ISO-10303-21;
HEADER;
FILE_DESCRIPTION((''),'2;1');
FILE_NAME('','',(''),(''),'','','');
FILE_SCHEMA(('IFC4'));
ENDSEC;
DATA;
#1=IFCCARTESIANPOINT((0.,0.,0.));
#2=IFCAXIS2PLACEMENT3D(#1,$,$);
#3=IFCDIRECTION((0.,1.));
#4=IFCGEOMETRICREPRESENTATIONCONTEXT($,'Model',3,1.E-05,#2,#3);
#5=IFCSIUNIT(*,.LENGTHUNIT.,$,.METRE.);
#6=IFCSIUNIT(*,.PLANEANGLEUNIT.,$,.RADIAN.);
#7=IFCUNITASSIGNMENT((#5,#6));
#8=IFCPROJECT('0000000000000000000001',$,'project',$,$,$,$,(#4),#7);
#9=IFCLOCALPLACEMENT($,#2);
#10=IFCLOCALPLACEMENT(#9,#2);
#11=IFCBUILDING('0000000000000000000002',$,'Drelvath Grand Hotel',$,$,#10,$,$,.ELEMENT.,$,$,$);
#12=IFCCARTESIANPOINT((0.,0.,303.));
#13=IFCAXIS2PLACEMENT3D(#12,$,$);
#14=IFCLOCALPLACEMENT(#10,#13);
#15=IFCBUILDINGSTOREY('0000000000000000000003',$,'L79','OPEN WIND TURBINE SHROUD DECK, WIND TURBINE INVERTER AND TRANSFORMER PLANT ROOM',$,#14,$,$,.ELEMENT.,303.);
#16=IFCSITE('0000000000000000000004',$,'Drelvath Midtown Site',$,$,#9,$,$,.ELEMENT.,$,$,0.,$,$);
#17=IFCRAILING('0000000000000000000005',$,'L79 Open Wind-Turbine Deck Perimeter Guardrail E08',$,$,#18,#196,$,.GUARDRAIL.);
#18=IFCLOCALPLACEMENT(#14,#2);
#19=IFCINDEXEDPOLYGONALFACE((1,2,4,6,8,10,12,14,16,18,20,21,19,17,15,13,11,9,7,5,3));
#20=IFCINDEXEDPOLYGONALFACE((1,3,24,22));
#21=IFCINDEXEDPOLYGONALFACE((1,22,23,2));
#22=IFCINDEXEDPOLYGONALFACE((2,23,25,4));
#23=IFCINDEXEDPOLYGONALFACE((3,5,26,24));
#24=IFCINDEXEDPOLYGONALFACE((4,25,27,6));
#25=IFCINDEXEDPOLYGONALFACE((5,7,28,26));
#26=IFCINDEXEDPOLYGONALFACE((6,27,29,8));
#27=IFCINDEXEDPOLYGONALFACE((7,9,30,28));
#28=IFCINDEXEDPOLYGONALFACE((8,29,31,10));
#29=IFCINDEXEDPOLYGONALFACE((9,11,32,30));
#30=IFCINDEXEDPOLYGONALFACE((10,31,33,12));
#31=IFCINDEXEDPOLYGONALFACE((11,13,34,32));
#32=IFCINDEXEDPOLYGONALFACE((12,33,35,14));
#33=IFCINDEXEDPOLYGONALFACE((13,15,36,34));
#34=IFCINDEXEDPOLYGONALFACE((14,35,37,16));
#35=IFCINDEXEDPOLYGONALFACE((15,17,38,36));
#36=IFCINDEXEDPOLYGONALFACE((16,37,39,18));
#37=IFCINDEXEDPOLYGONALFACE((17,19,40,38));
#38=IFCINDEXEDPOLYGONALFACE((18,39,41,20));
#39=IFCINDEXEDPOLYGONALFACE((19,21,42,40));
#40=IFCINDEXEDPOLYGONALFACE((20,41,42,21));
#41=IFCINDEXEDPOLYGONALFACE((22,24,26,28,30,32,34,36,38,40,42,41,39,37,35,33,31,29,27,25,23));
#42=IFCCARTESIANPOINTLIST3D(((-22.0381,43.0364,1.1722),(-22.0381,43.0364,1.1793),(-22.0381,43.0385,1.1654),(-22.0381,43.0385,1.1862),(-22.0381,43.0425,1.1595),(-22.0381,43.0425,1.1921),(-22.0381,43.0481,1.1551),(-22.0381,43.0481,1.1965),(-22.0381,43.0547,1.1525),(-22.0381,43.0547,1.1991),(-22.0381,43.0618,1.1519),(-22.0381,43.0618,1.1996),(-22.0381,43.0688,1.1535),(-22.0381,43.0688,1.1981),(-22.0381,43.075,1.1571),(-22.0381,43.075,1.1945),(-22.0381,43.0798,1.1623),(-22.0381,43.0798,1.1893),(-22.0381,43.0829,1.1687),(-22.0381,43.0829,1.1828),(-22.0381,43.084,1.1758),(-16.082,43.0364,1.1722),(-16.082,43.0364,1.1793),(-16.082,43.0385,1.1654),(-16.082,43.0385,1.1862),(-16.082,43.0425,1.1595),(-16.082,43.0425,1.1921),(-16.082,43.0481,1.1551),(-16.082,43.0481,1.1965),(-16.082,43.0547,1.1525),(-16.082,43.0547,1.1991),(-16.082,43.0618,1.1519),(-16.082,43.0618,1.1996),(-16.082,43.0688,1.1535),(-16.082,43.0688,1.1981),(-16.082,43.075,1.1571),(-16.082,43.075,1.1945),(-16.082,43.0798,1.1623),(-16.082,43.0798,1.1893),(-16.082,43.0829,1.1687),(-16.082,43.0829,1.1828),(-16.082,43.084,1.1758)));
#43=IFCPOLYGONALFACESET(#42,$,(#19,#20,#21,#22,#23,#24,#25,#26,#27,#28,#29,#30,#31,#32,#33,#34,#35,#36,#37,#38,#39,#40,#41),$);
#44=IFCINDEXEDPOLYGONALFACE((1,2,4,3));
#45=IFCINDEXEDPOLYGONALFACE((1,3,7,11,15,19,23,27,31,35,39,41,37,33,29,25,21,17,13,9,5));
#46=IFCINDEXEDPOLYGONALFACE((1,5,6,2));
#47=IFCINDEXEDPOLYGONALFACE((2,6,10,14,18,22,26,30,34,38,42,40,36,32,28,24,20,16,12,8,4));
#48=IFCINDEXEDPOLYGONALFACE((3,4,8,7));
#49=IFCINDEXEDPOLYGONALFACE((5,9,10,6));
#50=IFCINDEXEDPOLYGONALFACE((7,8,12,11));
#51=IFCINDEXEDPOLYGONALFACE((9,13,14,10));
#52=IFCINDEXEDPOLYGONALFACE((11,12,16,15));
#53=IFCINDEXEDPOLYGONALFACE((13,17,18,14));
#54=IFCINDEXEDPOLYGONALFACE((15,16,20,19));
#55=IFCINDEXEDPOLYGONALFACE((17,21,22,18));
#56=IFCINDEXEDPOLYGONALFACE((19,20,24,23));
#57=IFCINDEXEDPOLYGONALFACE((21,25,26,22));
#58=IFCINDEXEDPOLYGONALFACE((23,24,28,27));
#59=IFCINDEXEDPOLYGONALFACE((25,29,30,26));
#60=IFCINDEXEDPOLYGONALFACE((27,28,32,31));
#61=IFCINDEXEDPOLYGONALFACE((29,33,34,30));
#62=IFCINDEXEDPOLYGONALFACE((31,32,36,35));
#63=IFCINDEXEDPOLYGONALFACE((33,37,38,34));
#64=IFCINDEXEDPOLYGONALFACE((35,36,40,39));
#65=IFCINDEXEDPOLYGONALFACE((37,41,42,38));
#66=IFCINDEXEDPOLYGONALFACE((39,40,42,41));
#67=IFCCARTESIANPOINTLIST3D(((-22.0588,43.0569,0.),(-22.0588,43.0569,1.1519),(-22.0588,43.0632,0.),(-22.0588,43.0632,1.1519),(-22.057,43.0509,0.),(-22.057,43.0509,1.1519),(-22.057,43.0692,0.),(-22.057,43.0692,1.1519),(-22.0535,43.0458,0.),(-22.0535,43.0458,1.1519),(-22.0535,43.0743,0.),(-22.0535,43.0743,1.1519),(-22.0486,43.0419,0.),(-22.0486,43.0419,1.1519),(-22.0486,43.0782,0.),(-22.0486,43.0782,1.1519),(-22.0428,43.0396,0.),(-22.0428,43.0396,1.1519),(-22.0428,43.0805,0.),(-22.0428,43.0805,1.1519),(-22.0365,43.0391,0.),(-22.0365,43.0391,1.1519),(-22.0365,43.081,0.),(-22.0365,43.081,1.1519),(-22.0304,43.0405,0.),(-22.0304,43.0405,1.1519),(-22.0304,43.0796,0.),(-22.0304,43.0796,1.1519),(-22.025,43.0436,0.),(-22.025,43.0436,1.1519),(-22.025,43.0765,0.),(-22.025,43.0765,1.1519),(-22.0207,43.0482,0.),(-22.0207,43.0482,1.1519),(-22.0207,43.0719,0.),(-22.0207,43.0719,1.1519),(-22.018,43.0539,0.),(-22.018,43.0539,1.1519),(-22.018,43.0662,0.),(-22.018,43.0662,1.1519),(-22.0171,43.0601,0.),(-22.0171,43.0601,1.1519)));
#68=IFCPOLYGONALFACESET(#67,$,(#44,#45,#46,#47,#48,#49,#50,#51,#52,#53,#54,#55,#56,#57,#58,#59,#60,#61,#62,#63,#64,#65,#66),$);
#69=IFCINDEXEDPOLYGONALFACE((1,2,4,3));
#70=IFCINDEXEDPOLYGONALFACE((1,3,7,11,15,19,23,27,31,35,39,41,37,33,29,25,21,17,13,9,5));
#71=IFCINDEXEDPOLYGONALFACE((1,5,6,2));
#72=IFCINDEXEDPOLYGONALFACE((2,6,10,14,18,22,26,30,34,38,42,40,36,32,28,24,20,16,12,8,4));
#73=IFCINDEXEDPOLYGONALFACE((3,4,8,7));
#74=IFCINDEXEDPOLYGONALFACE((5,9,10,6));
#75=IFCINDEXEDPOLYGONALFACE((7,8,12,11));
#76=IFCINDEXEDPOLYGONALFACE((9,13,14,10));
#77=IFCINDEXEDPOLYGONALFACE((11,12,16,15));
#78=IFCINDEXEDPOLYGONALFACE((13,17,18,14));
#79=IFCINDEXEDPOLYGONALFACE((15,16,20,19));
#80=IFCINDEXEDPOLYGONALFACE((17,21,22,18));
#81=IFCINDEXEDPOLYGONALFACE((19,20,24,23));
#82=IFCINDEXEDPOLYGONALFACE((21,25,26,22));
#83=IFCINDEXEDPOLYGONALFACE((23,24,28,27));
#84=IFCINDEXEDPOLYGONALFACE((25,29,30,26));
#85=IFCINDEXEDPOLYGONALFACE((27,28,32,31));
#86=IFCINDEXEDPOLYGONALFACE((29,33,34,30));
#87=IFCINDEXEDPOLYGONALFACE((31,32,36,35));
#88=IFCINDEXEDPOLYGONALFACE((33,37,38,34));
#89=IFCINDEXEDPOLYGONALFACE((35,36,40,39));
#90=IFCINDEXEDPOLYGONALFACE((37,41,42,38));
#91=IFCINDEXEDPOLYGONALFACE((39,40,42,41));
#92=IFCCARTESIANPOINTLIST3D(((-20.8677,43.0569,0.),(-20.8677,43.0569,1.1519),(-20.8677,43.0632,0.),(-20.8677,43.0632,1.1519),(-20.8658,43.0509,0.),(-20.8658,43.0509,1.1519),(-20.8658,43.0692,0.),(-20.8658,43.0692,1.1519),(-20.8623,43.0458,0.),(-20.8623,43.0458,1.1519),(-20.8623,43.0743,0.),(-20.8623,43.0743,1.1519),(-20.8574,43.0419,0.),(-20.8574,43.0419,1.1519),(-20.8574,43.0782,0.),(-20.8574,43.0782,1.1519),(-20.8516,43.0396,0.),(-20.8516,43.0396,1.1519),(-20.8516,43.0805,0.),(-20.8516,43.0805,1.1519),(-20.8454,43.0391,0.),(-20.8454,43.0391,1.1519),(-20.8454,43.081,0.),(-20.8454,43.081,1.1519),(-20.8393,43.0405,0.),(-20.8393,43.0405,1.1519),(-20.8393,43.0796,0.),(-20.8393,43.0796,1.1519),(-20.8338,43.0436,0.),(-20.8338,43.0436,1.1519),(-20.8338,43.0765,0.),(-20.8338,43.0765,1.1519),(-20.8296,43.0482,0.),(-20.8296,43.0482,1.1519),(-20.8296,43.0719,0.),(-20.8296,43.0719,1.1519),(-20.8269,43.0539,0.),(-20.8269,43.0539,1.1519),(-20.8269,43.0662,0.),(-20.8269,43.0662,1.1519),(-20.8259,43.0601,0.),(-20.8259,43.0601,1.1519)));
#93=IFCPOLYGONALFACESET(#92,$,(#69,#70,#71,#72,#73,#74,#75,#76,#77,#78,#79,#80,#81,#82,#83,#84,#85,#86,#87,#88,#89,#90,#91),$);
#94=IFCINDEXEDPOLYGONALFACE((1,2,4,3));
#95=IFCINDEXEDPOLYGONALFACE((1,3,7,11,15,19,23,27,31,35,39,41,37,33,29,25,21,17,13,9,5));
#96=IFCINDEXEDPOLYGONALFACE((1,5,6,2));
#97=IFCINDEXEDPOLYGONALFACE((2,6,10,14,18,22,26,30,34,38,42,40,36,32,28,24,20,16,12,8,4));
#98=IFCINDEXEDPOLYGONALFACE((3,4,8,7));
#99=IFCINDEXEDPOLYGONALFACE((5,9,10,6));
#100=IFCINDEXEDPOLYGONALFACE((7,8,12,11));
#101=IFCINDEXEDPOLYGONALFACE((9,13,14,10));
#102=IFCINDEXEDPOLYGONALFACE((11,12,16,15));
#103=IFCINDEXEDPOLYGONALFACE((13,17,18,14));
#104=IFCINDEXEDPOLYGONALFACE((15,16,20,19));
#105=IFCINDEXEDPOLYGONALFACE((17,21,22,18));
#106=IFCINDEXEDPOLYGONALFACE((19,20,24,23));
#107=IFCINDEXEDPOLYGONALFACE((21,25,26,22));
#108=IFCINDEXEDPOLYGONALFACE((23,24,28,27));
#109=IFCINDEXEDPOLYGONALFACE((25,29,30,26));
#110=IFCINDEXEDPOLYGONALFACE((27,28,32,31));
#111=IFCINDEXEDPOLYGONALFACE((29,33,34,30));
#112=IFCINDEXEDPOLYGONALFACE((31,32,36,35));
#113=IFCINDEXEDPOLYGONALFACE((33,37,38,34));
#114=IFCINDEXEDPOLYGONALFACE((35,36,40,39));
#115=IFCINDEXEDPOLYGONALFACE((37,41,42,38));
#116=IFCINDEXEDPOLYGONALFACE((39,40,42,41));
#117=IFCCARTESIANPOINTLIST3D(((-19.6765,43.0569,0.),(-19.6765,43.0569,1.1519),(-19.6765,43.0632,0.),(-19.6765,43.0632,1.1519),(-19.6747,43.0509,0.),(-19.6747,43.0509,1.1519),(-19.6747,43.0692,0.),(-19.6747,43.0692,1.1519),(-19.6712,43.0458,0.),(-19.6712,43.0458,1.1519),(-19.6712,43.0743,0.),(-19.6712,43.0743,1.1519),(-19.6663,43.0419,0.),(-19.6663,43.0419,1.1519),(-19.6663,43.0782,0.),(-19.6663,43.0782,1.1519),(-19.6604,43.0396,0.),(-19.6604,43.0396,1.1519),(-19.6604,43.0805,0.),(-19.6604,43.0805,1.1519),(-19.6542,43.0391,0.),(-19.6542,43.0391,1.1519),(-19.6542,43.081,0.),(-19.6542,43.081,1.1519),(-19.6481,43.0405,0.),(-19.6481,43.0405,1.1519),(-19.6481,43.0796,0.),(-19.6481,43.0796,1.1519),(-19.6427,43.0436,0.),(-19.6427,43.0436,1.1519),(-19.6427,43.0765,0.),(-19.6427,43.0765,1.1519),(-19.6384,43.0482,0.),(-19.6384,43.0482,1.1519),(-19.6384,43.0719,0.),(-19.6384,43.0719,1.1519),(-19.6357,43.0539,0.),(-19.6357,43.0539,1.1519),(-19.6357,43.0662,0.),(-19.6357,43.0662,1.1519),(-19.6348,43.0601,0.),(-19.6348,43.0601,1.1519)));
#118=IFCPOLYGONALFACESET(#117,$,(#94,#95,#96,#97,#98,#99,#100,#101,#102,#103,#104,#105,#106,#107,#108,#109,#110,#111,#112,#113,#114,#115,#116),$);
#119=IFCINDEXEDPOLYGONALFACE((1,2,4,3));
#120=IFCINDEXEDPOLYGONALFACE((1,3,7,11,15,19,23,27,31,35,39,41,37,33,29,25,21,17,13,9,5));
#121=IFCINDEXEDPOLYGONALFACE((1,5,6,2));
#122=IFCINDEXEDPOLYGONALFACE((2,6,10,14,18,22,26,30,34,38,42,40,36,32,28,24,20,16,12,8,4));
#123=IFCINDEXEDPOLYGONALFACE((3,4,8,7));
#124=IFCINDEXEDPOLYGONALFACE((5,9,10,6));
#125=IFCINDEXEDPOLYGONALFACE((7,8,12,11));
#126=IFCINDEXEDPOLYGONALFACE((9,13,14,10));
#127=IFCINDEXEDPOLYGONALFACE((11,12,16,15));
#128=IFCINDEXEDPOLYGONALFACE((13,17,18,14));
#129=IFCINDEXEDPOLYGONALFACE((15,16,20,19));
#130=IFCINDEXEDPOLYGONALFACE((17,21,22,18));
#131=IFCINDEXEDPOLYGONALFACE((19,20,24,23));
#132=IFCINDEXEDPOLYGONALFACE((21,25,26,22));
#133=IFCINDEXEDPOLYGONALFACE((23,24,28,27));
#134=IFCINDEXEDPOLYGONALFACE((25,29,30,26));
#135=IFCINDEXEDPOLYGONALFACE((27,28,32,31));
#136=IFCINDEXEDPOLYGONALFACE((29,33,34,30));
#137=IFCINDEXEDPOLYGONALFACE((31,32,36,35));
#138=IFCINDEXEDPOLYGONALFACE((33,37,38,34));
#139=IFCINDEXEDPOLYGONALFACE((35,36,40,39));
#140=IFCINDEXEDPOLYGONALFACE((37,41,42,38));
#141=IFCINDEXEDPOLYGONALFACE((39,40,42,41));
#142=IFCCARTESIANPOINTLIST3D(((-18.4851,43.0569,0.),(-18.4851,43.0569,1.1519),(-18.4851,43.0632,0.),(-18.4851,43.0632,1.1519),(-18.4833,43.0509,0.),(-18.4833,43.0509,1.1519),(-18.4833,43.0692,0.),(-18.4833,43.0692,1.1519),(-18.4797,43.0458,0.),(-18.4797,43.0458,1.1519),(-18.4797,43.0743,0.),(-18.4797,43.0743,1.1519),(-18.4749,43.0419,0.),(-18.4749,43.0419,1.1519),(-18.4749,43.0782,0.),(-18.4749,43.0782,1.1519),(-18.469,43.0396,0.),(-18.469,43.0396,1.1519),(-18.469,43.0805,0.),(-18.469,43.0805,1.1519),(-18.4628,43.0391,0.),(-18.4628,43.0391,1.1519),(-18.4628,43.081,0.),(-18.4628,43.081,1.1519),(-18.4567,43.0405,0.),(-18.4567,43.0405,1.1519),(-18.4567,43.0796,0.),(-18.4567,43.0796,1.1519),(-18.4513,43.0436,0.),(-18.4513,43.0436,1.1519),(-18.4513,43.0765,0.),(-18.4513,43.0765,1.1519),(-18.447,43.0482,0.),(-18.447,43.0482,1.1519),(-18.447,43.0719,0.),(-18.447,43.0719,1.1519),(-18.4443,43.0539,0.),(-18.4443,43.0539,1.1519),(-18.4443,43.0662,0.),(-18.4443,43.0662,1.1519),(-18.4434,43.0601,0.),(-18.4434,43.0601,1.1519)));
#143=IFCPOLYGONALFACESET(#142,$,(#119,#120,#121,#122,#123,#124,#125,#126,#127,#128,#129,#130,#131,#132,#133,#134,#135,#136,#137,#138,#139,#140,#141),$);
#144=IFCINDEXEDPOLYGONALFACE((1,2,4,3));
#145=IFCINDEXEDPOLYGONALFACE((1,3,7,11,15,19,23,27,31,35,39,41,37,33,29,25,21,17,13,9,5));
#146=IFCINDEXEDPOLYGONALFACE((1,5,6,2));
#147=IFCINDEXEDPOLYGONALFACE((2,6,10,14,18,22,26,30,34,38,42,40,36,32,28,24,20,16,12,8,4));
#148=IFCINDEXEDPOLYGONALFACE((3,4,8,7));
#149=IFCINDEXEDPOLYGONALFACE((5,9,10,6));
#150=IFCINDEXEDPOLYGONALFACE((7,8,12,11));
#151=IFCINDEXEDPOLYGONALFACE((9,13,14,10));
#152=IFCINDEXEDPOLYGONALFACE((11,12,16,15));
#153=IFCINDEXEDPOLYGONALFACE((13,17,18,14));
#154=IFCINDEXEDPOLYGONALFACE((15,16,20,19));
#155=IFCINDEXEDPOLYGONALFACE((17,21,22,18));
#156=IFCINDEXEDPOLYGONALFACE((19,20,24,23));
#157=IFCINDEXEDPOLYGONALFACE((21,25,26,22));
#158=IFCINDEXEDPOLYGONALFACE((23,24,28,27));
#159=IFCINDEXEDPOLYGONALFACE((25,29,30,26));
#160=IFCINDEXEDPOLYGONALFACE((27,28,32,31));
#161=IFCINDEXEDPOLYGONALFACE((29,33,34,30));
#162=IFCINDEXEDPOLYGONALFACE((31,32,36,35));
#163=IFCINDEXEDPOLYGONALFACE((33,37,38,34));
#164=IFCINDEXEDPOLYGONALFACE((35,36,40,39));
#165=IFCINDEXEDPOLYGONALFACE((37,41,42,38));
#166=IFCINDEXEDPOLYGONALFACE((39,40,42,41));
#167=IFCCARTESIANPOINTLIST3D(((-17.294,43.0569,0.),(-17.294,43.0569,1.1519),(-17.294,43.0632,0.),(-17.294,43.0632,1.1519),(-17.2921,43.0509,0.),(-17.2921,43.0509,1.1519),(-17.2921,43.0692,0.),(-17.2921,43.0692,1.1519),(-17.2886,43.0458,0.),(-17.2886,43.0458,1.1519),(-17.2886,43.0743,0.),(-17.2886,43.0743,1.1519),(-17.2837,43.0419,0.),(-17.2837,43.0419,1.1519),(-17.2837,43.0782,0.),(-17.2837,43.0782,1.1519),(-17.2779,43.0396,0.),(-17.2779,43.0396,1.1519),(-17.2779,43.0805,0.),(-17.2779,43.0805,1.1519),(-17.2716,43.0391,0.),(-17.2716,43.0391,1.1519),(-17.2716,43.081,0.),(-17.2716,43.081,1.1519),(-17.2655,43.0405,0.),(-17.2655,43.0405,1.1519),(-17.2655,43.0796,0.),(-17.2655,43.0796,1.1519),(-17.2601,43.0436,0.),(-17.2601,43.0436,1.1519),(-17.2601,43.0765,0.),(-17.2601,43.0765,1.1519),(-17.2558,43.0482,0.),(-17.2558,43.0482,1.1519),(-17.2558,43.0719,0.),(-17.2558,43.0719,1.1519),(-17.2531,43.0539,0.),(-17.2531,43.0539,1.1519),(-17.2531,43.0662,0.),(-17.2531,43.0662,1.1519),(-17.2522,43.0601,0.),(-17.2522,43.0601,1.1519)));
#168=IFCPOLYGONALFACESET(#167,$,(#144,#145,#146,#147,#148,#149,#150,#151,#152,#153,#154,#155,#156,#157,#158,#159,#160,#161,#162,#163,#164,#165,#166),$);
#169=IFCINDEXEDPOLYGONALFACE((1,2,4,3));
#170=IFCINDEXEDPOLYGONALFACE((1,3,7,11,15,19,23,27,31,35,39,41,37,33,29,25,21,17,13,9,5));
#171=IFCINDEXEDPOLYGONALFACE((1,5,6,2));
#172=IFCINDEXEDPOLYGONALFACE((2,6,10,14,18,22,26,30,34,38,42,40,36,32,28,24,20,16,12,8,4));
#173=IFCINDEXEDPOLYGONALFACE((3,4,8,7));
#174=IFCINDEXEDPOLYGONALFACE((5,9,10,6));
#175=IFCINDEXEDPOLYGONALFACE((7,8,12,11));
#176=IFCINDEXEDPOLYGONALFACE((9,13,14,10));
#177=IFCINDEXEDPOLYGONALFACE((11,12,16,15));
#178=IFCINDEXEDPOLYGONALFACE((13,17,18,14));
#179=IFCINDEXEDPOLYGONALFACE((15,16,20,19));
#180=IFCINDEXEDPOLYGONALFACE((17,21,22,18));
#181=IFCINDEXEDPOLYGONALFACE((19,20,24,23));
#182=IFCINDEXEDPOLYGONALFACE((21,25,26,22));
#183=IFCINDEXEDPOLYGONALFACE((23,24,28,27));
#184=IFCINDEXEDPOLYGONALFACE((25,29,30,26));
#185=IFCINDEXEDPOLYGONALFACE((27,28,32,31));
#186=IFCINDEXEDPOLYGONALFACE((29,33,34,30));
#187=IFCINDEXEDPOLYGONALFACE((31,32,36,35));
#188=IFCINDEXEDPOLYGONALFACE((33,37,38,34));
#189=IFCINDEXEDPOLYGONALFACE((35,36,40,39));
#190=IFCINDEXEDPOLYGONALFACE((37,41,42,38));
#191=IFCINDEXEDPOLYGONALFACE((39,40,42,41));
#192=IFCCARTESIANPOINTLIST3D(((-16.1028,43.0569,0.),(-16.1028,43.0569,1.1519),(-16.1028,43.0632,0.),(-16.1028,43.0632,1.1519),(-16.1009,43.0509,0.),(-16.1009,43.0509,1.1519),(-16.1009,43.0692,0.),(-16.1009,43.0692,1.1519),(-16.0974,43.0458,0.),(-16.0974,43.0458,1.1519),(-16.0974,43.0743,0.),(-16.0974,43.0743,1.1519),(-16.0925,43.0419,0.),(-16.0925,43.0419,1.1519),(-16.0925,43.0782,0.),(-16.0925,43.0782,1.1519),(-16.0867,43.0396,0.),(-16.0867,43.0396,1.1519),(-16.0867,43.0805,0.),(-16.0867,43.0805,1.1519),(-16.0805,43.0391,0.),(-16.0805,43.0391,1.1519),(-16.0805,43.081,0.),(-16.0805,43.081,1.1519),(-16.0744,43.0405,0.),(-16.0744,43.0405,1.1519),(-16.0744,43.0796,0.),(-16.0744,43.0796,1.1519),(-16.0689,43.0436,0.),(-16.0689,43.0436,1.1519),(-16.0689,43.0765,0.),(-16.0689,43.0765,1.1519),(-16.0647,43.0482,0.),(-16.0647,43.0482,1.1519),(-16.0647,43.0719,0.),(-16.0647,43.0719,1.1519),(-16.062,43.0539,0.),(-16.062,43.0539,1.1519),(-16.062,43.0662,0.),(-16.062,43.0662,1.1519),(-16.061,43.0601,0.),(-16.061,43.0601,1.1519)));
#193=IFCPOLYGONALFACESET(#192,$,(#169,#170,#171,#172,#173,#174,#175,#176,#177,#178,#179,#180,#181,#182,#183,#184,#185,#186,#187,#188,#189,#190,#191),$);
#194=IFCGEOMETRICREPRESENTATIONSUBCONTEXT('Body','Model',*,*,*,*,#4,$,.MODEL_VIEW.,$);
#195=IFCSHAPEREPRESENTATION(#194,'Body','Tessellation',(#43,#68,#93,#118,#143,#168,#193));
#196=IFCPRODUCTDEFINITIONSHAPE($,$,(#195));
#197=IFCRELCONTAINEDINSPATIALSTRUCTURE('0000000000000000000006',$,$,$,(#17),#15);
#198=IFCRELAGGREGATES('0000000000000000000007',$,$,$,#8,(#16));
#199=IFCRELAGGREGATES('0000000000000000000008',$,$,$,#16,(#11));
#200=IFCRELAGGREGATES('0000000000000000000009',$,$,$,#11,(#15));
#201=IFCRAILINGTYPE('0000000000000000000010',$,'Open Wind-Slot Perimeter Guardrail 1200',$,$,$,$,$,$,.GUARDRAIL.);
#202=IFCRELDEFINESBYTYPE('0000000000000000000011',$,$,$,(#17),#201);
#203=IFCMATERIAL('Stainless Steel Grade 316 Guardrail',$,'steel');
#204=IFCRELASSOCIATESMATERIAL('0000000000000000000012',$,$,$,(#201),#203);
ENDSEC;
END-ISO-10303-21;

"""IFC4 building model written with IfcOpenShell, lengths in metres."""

from ifc_helpers import new_model, si_unit, direction, frame, origin, origin_2d, place, context, subcontext, project, spatial, circle, extrude, material, type_object, element, save


model = new_model("IFC4")

# Units and contexts
model_context = context("Model", 3, precision=1e-05, world=origin(), true_north=direction((0.0, 1.0)))
body_context = subcontext(model_context, "Body", "Model", "MODEL_VIEW")
ifc_project = project(units=[si_unit("LENGTHUNIT", "METRE"), si_unit("PLANEANGLEUNIT", "RADIAN")], contexts=[model_context])

# Site, building, storey
site_placement = place(None, origin())
site = spatial("IfcSite", under=ifc_project, at=site_placement, Name="Drelvath Midtown Site", CompositionType="ELEMENT", RefElevation=0.0)
building_placement = place(site_placement, origin())
building = spatial("IfcBuilding", under=site, at=building_placement, Name="Drelvath Grand Hotel", CompositionType="ELEMENT")
storey_placement = place(building_placement, frame((0.0, 0.0, 303.0)))
storey = spatial("IfcBuildingStorey", under=building, at=storey_placement, Name="L79", Description="OPEN WIND TURBINE SHROUD DECK, WIND TURBINE INVERTER AND TRANSFORMER PLANT ROOM", CompositionType="ELEMENT", Elevation=303.0)

# Railing
ifc_material_1 = material(Name="Stainless Steel Grade 316 Guardrail", Category="steel")
railing_type = type_object("IfcRailingType", Name="Open Wind-Slot Perimeter Guardrail 1200", PredefinedType="GUARDRAIL", material=ifc_material_1)
railing_1_placement = place(storey_placement, frame((-22.0381, 43.0601, 0.0)))
element("IfcRailing", 1, at=railing_1_placement, inside=storey, type_object=railing_type, Name="L79 Open Wind-Turbine Deck Perimeter Guardrail E08", PredefinedType="GUARDRAIL", context=body_context, shape_type="SweptSolid", body=[
    extrude(circle(Radius=0.0239, at=origin_2d()), frame((0.0, 0.0, 1.1758), z_axis=(1.0, 0.0, 0.0), x_axis=(0.0, 1.0, 0.0)), (0.0, 0.0, 1.0), 5.9561),
    extrude(circle(Radius=0.021, at=origin_2d()), origin(), (0.0, 0.0, 1.0), 1.1519),
    extrude(circle(Radius=0.021, at=origin_2d()), frame((1.1912, 0.0, 0.0)), (0.0, 0.0, 1.0), 1.1519),
    extrude(circle(Radius=0.021, at=origin_2d()), frame((2.3823, 0.0, 0.0)), (0.0, 0.0, 1.0), 1.1519),
    extrude(circle(Radius=0.021, at=origin_2d()), frame((3.5737, 0.0, 0.0)), (0.0, 0.0, 1.0), 1.1519),
    extrude(circle(Radius=0.021, at=origin_2d()), frame((4.7649, 0.0, 0.0)), (0.0, 0.0, 1.0), 1.1519),
    extrude(circle(Radius=0.021, at=origin_2d()), frame((5.9561, 0.0, 0.0)), (0.0, 0.0, 1.0), 1.1519),
])

save(model, "model.ifc")
